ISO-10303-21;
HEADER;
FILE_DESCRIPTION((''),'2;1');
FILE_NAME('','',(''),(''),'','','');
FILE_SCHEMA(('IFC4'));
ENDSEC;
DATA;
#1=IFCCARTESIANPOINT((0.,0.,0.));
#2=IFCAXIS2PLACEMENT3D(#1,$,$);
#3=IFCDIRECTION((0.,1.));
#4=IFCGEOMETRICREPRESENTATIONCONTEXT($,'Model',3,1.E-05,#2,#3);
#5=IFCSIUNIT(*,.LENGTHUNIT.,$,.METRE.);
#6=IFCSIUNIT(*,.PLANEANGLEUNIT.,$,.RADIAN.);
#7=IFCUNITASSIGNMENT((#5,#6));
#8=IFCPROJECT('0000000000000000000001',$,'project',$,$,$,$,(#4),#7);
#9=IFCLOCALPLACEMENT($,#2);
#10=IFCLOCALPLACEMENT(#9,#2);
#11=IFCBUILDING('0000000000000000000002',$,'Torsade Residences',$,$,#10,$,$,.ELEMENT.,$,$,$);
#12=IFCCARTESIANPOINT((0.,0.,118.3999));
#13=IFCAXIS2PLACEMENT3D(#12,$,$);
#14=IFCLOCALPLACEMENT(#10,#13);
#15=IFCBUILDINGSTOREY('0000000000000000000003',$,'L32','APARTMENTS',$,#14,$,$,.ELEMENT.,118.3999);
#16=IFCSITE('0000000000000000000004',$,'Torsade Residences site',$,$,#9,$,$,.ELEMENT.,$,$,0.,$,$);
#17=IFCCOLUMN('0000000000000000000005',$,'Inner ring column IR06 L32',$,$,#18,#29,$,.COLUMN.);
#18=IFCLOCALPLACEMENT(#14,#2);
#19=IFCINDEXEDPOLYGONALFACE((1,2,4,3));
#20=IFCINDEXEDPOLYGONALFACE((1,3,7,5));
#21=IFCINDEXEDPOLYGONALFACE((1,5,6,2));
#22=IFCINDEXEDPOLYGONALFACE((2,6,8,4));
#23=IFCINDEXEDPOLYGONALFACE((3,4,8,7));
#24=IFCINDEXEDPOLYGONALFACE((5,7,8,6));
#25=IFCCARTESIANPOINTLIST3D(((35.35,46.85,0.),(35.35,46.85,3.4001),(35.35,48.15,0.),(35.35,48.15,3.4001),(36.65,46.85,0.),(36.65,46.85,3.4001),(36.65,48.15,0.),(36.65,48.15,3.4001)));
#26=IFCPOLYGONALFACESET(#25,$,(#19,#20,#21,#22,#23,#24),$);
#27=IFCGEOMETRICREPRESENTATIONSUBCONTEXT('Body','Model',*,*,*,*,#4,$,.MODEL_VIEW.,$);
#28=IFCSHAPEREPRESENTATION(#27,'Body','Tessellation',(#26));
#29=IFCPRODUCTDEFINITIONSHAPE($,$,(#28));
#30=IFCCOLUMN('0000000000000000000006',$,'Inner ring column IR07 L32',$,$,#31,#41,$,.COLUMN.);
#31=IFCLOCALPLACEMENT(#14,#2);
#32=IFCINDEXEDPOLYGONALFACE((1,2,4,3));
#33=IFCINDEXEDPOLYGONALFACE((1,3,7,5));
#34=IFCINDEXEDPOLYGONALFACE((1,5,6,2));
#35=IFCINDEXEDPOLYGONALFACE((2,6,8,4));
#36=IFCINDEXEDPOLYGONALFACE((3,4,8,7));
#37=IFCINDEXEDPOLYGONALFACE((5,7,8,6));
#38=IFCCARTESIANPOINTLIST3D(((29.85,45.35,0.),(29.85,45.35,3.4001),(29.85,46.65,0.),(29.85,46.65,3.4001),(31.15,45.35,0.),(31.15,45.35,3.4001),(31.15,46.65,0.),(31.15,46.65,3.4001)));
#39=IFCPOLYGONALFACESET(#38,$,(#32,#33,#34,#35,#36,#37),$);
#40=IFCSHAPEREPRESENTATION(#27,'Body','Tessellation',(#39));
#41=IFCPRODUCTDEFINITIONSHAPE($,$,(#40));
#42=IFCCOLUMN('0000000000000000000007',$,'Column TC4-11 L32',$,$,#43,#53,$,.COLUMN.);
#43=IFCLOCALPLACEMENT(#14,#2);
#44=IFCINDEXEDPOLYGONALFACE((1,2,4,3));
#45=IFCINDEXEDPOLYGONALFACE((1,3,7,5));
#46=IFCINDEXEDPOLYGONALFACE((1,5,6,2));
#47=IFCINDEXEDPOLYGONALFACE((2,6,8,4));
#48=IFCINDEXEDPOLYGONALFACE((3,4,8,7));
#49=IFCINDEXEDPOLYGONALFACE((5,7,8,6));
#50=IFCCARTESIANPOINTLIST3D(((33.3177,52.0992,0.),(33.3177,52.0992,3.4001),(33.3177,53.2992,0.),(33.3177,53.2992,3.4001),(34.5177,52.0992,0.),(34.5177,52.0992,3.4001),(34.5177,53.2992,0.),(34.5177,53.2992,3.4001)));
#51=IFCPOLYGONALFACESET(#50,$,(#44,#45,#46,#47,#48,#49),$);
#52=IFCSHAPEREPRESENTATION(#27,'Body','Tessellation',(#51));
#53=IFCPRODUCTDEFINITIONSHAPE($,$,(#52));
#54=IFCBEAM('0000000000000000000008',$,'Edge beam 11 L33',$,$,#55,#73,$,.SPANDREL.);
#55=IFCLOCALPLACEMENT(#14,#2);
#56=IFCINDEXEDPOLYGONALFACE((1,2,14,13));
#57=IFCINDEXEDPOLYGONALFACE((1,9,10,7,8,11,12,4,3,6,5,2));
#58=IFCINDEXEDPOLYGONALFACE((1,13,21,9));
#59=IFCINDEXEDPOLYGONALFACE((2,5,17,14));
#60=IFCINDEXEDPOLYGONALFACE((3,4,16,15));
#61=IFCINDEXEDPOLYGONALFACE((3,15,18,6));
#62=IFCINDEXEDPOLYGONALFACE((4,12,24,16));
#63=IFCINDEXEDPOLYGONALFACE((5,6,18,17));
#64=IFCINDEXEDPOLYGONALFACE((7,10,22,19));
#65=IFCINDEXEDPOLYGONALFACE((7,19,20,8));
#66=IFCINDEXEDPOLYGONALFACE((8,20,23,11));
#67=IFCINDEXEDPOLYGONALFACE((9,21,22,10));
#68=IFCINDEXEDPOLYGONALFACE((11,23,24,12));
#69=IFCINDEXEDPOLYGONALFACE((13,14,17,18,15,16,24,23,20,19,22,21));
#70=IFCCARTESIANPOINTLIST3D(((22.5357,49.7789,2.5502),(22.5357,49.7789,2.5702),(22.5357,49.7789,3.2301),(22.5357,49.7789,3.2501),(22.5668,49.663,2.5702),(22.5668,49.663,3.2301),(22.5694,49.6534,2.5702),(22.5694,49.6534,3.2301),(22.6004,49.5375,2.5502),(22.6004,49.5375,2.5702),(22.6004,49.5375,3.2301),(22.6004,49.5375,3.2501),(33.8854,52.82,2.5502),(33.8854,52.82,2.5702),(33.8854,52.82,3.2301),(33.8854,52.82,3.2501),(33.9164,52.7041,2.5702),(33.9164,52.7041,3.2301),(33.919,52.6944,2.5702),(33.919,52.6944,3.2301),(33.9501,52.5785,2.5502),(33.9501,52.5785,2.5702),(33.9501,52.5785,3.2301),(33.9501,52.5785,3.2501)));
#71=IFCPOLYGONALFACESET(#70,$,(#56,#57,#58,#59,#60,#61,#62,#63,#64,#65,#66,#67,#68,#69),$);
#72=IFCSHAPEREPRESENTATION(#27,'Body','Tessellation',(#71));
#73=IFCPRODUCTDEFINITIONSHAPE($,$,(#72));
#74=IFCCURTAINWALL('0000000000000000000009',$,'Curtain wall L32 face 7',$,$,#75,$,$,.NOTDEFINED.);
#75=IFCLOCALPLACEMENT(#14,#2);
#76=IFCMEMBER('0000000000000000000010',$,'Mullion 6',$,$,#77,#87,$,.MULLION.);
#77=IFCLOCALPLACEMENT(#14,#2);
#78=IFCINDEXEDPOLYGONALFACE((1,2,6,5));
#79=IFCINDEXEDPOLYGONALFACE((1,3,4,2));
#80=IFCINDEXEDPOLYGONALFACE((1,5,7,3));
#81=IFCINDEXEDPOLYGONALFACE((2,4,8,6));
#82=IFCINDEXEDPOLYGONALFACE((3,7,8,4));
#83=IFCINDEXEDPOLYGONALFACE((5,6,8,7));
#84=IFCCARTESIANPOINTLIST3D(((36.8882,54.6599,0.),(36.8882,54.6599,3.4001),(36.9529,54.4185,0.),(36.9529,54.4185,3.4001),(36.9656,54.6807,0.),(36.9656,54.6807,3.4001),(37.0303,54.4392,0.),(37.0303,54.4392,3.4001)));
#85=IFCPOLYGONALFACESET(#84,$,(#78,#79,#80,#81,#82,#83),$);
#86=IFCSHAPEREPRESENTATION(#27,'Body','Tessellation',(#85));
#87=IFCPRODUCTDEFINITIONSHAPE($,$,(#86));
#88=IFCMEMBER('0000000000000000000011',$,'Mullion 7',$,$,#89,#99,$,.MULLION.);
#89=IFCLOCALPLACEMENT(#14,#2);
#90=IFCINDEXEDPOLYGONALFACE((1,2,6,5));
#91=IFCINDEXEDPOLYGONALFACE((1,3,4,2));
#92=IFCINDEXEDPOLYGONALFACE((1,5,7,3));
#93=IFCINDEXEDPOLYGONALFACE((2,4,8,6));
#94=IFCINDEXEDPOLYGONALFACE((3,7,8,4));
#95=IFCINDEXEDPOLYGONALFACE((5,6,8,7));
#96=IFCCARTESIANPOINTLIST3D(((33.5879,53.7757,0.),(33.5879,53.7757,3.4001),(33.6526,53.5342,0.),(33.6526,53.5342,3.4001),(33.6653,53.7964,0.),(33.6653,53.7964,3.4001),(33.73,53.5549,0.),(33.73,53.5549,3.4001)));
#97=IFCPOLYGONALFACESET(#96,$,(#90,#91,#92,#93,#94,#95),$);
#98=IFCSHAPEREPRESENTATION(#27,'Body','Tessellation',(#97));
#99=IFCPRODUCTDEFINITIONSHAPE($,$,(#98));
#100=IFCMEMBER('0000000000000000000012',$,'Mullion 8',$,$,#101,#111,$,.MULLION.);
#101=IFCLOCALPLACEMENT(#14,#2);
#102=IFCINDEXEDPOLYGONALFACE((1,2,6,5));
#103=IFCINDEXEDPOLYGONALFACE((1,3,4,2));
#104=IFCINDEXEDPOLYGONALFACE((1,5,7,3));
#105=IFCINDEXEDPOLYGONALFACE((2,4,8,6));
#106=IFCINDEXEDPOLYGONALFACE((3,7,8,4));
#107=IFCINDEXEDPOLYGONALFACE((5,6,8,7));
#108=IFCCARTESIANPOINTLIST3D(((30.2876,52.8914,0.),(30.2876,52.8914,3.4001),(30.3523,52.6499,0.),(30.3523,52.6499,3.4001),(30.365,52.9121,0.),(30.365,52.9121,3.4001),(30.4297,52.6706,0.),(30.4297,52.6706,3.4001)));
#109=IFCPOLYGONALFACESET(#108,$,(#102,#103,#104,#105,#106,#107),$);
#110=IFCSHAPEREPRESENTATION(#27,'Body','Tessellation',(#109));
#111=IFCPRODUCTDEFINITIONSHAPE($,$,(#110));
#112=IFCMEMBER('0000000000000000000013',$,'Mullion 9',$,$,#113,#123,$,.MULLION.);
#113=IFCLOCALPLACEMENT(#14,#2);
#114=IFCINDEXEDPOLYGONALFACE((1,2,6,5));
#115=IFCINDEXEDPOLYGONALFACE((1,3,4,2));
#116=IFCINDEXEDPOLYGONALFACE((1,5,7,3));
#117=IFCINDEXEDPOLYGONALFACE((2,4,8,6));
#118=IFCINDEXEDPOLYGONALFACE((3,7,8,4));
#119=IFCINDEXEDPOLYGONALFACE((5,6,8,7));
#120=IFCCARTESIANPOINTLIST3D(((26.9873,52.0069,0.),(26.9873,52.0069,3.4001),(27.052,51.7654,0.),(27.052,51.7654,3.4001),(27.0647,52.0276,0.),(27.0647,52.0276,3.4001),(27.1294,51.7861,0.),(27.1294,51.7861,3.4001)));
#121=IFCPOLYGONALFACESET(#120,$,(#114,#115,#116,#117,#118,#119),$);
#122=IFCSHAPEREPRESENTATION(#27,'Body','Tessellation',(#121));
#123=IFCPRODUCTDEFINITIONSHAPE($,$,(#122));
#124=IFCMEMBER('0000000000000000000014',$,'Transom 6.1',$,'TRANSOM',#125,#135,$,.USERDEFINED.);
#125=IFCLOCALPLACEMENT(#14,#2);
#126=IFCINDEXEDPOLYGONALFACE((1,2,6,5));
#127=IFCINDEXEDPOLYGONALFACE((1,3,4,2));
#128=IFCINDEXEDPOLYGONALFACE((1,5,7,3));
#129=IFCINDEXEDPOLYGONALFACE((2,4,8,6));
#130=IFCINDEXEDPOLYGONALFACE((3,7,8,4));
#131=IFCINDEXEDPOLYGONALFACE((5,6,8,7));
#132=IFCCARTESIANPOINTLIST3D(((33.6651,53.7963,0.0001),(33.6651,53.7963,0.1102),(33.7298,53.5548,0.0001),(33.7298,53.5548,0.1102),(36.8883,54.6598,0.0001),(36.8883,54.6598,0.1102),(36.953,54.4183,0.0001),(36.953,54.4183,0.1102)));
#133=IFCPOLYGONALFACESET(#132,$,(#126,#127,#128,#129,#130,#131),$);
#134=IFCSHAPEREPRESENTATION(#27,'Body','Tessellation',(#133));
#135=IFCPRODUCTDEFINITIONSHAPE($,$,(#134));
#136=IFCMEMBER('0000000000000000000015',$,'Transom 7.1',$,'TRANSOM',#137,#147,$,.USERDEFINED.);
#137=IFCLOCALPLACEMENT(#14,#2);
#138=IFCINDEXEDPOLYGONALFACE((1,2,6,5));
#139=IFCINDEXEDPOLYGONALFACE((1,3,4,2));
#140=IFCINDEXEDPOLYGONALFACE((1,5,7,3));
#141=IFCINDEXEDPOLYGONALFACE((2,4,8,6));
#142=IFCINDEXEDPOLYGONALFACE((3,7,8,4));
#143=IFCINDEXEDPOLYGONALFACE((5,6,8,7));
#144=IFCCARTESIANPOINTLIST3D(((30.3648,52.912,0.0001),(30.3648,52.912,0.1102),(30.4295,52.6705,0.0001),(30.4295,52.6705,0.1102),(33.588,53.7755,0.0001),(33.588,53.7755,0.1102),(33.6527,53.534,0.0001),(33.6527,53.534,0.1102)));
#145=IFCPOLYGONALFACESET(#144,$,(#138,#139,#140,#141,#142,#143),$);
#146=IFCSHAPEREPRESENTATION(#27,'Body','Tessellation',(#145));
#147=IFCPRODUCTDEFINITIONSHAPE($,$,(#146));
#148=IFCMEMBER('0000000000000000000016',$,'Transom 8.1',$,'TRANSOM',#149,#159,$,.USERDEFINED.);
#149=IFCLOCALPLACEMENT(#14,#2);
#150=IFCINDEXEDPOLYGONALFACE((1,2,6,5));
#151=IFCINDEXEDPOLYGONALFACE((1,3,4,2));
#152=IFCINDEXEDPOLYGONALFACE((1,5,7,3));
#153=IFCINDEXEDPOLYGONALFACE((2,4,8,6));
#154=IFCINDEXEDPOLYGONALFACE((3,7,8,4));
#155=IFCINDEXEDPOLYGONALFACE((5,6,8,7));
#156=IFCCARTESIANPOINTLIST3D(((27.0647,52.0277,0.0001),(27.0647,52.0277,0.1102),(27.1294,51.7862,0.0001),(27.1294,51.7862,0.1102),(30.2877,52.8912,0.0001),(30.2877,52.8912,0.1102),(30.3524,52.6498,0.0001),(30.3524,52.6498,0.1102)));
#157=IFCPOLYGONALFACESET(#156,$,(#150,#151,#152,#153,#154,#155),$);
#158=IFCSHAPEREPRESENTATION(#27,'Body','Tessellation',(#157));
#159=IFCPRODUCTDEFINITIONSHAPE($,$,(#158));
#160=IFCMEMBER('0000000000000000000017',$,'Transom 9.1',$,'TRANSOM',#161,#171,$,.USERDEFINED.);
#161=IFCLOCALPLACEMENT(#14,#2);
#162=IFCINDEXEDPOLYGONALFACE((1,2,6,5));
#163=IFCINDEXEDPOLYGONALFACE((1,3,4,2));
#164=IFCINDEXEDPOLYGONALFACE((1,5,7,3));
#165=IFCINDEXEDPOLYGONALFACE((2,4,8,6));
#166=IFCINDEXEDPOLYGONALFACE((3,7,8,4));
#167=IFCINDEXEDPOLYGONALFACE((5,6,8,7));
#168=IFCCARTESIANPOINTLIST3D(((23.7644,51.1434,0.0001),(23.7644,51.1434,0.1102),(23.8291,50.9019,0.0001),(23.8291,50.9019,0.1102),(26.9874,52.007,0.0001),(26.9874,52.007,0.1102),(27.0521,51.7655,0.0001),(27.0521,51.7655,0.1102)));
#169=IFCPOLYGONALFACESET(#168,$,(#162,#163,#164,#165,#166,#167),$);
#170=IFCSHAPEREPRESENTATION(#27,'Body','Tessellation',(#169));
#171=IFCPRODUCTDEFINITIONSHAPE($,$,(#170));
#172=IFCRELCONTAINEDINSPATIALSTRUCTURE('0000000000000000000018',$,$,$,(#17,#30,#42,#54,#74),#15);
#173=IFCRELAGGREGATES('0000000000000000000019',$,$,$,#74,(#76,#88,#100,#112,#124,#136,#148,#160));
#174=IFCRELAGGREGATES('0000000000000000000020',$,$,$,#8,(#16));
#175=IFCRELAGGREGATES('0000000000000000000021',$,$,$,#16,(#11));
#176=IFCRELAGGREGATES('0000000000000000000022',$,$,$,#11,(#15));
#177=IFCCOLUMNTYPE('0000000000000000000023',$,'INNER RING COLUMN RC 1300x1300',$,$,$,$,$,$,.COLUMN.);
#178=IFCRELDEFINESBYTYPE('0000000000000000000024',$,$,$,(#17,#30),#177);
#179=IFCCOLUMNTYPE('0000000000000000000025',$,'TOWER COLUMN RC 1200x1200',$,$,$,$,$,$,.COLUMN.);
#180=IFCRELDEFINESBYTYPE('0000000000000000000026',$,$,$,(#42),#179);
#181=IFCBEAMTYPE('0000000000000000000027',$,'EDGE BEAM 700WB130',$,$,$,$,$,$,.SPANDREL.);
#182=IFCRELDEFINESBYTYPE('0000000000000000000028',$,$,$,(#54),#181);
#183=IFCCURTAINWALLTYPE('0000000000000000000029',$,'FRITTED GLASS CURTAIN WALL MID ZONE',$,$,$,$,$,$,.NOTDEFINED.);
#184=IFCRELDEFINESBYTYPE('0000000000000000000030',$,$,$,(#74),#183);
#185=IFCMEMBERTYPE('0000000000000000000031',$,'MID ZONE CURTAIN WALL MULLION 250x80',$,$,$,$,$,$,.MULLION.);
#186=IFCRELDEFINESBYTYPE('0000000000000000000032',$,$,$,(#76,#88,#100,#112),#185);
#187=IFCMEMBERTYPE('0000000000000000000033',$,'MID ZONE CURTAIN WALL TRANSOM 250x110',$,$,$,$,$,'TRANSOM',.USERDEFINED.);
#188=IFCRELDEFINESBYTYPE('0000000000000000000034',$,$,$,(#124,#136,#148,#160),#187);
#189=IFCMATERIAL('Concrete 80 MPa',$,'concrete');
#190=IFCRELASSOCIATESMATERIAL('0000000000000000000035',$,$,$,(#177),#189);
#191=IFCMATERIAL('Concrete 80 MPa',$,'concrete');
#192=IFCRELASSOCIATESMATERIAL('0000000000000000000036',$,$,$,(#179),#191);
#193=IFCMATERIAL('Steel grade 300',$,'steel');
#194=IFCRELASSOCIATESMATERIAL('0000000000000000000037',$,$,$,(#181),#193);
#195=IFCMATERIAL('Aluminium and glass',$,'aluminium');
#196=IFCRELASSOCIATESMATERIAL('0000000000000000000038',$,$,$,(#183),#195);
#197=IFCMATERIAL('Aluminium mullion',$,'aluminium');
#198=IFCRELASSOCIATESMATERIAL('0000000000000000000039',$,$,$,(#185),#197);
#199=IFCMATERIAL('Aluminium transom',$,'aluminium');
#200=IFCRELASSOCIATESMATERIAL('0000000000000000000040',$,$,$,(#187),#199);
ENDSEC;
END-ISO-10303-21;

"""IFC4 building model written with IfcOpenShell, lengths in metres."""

from ifc_helpers import new_model, si_unit, direction, frame, origin, origin_2d, place, context, subcontext, project, spatial, rectangle, i_section, extrude, material, material_profile, profile_set, type_object, element, aggregate, save


model = new_model("IFC4")

# Units and contexts
model_context = context("Model", 3, precision=1e-05, world=origin(), true_north=direction((0.0, 1.0)))
body_context = subcontext(model_context, "Body", "Model", "MODEL_VIEW")
ifc_project = project(units=[si_unit("LENGTHUNIT", "METRE"), si_unit("PLANEANGLEUNIT", "RADIAN")], contexts=[model_context])

# Site, building, storey
site_placement = place(None, origin())
site = spatial("IfcSite", under=ifc_project, at=site_placement, Name="Torsade Residences site", CompositionType="ELEMENT", RefElevation=0.0)
building_placement = place(site_placement, origin())
building = spatial("IfcBuilding", under=site, at=building_placement, Name="Torsade Residences", CompositionType="ELEMENT")
storey_placement = place(building_placement, frame((0.0, 0.0, 118.3999)))
storey = spatial("IfcBuildingStorey", under=building, at=storey_placement, Name="L32", Description="APARTMENTS", CompositionType="ELEMENT", Elevation=118.3999)

# Columns
ifc_material_1 = material(Name="Concrete 80 MPa", Category="concrete")
ifc_material_profile_1 = material_profile(ifc_material_1, rectangle(XDim=1.3, YDim=1.3, at=origin_2d()), Name="RC 1300x1300")
ifc_profile_set_1 = profile_set([ifc_material_profile_1], Name="Concrete 80 MPa")
column_type_1 = type_object("IfcColumnType", Name="INNER RING COLUMN RC 1300x1300", PredefinedType="COLUMN", material=ifc_profile_set_1)
for number, where, z_axis, x_axis, name in (
    (1, (36.0, 47.5, 0.0), (0.0, 0.0, 1.0), (1.0, 0.0, 0.0), "Inner ring column IR06 L32"),
    (2, (30.5, 46.0, 0.0), (0.0, 0.0, 1.0), (1.0, 0.0, 0.0), "Inner ring column IR07 L32"),
):
    element("IfcColumn", number, at=place(storey_placement, frame(where, z_axis=z_axis, x_axis=x_axis)), inside=storey, type_object=column_type_1, Name=name, PredefinedType="COLUMN", context=body_context, shape_type="SweptSolid", body=[
        extrude(rectangle(XDim=1.3, YDim=1.3, at=origin_2d()), origin(), (0.0, 0.0, 1.0), 3.4001),
    ])
ifc_material_2 = material(Name="Concrete 80 MPa", Category="concrete")
ifc_material_profile_2 = material_profile(ifc_material_2, rectangle(XDim=1.2, YDim=1.2, at=origin_2d()), Name="RC 1200x1200")
ifc_profile_set_2 = profile_set([ifc_material_profile_2], Name="Concrete 80 MPa")
column_type_2 = type_object("IfcColumnType", Name="TOWER COLUMN RC 1200x1200", PredefinedType="COLUMN", material=ifc_profile_set_2)
column_placement = place(storey_placement, frame((33.9177, 52.6992, 0.0), z_axis=(0.0, 0.0, 1.0), x_axis=(1.0, 0.0, 0.0)))
element("IfcColumn", 3, at=column_placement, inside=storey, type_object=column_type_2, Name="Column TC4-11 L32", PredefinedType="COLUMN", context=body_context, shape_type="SweptSolid", body=[
    extrude(rectangle(XDim=1.2, YDim=1.2, at=origin_2d()), origin(), (0.0, 0.0, 1.0), 3.4001),
])

# Beam
ifc_material_3 = material(Name="Steel grade 300", Category="steel")
ifc_material_profile_3 = material_profile(ifc_material_3, i_section(OverallWidth=0.25, OverallDepth=0.7, WebThickness=0.01, FlangeThickness=0.02, at=origin_2d()), Name="700WB130")
ifc_profile_set_3 = profile_set([ifc_material_profile_3], Name="Steel grade 300")
beam_type_1 = type_object("IfcBeamType", Name="EDGE BEAM 700WB130", PredefinedType="SPANDREL", material=ifc_profile_set_3)
beam_1_placement = place(storey_placement, frame((33.9177, 52.6992, 2.9001), z_axis=(-0.965928, -0.258811, 0.0), x_axis=(0.258811, -0.965928, 0.0)))
element("IfcBeam", 4, at=beam_1_placement, inside=storey, type_object=beam_type_1, Name="Edge beam 11 L33", PredefinedType="SPANDREL", context=body_context, shape_type="SweptSolid", body=[
    extrude(i_section(OverallWidth=0.25, OverallDepth=0.7, WebThickness=0.01, FlangeThickness=0.02, at=origin_2d()), origin(), (0.0, 0.0, 1.0), 11.75),
])

# Curtain wall, members
ifc_material_4 = material(Name="Aluminium and glass", Category="aluminium")
curtain_wall_type = type_object("IfcCurtainWallType", Name="FRITTED GLASS CURTAIN WALL MID ZONE", PredefinedType="NOTDEFINED", material=ifc_material_4)
curtain_wall_placement = place(storey_placement, origin())
curtain_wall = element("IfcCurtainWall", 5, at=curtain_wall_placement, inside=storey, type_object=curtain_wall_type, Name="Curtain wall L32 face 7", PredefinedType="NOTDEFINED")
ifc_material_5 = material(Name="Aluminium mullion", Category="aluminium")
ifc_material_profile_4 = material_profile(ifc_material_5, rectangle(XDim=0.25, YDim=0.0801, at=origin_2d()), Name="MID ZONE CURTAIN WALL MULLION 250x80")
ifc_profile_set_4 = profile_set([ifc_material_profile_4], Name="Aluminium mullion")
member_type_1 = type_object("IfcMemberType", Name="MID ZONE CURTAIN WALL MULLION 250x80", PredefinedType="MULLION", material=ifc_profile_set_4)
member_1_placement = place(storey_placement, frame((36.9592, 54.5496, 0.0), z_axis=(0.0, 0.0, 1.0), x_axis=(0.258819, -0.965926, 0.0)))
member_1 = element("IfcMember", 6, at=member_1_placement, type_object=member_type_1, Name="Mullion 6", PredefinedType="MULLION", context=body_context, shape_type="SweptSolid", body=[
    extrude(rectangle(XDim=0.25, YDim=0.0801, at=origin_2d()), origin(), (0.0, 0.0, 1.0), 3.4001),
])
member_2_placement = place(storey_placement, frame((33.6589, 53.6653, 0.0), z_axis=(0.0, 0.0, 1.0), x_axis=(0.258819, -0.965926, 0.0)))
member_2 = element("IfcMember", 7, at=member_2_placement, type_object=member_type_1, Name="Mullion 7", PredefinedType="MULLION", context=body_context, shape_type="SweptSolid", body=[
    extrude(rectangle(XDim=0.25, YDim=0.0801, at=origin_2d()), origin(), (0.0, 0.0, 1.0), 3.4001),
])
member_3_placement = place(storey_placement, frame((30.3586, 52.781, 0.0), z_axis=(0.0, 0.0, 1.0), x_axis=(0.258819, -0.965926, 0.0)))
member_3 = element("IfcMember", 8, at=member_3_placement, type_object=member_type_1, Name="Mullion 8", PredefinedType="MULLION", context=body_context, shape_type="SweptSolid", body=[
    extrude(rectangle(XDim=0.25, YDim=0.0801, at=origin_2d()), origin(), (0.0, 0.0, 1.0), 3.4001),
])
member_4_placement = place(storey_placement, frame((27.0583, 51.8965, 0.0), z_axis=(0.0, 0.0, 1.0), x_axis=(0.258819, -0.965926, 0.0)))
member_4 = element("IfcMember", 9, at=member_4_placement, type_object=member_type_1, Name="Mullion 9", PredefinedType="MULLION", context=body_context, shape_type="SweptSolid", body=[
    extrude(rectangle(XDim=0.25, YDim=0.0801, at=origin_2d()), origin(), (0.0, 0.0, 1.0), 3.4001),
])
ifc_material_6 = material(Name="Aluminium transom", Category="aluminium")
ifc_material_profile_5 = material_profile(ifc_material_6, rectangle(XDim=0.25, YDim=0.1101, at=origin_2d()), Name="MID ZONE CURTAIN WALL TRANSOM 250x110")
ifc_profile_set_5 = profile_set([ifc_material_profile_5], Name="Aluminium transom")
member_type_2 = type_object("IfcMemberType", Name="MID ZONE CURTAIN WALL TRANSOM 250x110", ElementType="TRANSOM", PredefinedType="USERDEFINED", material=ifc_profile_set_5)
member_5_placement = place(storey_placement, frame((36.9207, 54.5391, 0.0552), z_axis=(-0.965934, -0.258787, 0.0), x_axis=(0.258787, -0.965934, 0.0)))
member_5 = element("IfcMember", 10, at=member_5_placement, type_object=member_type_2, Name="Transom 6.1", ObjectType="TRANSOM", PredefinedType="USERDEFINED", context=body_context, shape_type="SweptSolid", body=[
    extrude(rectangle(XDim=0.25, YDim=0.1101, at=origin_2d()), origin(), (0.0, 0.0, 1.0), 3.3369),
])
member_6_placement = place(storey_placement, frame((33.6204, 53.6548, 0.0552), z_axis=(-0.965934, -0.258787, 0.0), x_axis=(0.258787, -0.965934, 0.0)))
member_6 = element("IfcMember", 11, at=member_6_placement, type_object=member_type_2, Name="Transom 7.1", ObjectType="TRANSOM", PredefinedType="USERDEFINED", context=body_context, shape_type="SweptSolid", body=[
    extrude(rectangle(XDim=0.25, YDim=0.1101, at=origin_2d()), origin(), (0.0, 0.0, 1.0), 3.3369),
])
member_7_placement = place(storey_placement, frame((30.3201, 52.7705, 0.0552), z_axis=(-0.965929, -0.258806, 0.0), x_axis=(0.258806, -0.965929, 0.0)))
member_7 = element("IfcMember", 12, at=member_7_placement, type_object=member_type_2, Name="Transom 8.1", ObjectType="TRANSOM", PredefinedType="USERDEFINED", context=body_context, shape_type="SweptSolid", body=[
    extrude(rectangle(XDim=0.25, YDim=0.1101, at=origin_2d()), origin(), (0.0, 0.0, 1.0), 3.3367),
])
member_8_placement = place(storey_placement, frame((27.0198, 51.8862, 0.0552), z_axis=(-0.965929, -0.258806, 0.0), x_axis=(0.258806, -0.965929, 0.0)))
member_8 = element("IfcMember", 13, at=member_8_placement, type_object=member_type_2, Name="Transom 9.1", ObjectType="TRANSOM", PredefinedType="USERDEFINED", context=body_context, shape_type="SweptSolid", body=[
    extrude(rectangle(XDim=0.25, YDim=0.1101, at=origin_2d()), origin(), (0.0, 0.0, 1.0), 3.3367),
])

aggregate(curtain_wall, [member_1, member_2, member_3, member_4, member_5, member_6, member_7, member_8])

save(model, "model.ifc")
